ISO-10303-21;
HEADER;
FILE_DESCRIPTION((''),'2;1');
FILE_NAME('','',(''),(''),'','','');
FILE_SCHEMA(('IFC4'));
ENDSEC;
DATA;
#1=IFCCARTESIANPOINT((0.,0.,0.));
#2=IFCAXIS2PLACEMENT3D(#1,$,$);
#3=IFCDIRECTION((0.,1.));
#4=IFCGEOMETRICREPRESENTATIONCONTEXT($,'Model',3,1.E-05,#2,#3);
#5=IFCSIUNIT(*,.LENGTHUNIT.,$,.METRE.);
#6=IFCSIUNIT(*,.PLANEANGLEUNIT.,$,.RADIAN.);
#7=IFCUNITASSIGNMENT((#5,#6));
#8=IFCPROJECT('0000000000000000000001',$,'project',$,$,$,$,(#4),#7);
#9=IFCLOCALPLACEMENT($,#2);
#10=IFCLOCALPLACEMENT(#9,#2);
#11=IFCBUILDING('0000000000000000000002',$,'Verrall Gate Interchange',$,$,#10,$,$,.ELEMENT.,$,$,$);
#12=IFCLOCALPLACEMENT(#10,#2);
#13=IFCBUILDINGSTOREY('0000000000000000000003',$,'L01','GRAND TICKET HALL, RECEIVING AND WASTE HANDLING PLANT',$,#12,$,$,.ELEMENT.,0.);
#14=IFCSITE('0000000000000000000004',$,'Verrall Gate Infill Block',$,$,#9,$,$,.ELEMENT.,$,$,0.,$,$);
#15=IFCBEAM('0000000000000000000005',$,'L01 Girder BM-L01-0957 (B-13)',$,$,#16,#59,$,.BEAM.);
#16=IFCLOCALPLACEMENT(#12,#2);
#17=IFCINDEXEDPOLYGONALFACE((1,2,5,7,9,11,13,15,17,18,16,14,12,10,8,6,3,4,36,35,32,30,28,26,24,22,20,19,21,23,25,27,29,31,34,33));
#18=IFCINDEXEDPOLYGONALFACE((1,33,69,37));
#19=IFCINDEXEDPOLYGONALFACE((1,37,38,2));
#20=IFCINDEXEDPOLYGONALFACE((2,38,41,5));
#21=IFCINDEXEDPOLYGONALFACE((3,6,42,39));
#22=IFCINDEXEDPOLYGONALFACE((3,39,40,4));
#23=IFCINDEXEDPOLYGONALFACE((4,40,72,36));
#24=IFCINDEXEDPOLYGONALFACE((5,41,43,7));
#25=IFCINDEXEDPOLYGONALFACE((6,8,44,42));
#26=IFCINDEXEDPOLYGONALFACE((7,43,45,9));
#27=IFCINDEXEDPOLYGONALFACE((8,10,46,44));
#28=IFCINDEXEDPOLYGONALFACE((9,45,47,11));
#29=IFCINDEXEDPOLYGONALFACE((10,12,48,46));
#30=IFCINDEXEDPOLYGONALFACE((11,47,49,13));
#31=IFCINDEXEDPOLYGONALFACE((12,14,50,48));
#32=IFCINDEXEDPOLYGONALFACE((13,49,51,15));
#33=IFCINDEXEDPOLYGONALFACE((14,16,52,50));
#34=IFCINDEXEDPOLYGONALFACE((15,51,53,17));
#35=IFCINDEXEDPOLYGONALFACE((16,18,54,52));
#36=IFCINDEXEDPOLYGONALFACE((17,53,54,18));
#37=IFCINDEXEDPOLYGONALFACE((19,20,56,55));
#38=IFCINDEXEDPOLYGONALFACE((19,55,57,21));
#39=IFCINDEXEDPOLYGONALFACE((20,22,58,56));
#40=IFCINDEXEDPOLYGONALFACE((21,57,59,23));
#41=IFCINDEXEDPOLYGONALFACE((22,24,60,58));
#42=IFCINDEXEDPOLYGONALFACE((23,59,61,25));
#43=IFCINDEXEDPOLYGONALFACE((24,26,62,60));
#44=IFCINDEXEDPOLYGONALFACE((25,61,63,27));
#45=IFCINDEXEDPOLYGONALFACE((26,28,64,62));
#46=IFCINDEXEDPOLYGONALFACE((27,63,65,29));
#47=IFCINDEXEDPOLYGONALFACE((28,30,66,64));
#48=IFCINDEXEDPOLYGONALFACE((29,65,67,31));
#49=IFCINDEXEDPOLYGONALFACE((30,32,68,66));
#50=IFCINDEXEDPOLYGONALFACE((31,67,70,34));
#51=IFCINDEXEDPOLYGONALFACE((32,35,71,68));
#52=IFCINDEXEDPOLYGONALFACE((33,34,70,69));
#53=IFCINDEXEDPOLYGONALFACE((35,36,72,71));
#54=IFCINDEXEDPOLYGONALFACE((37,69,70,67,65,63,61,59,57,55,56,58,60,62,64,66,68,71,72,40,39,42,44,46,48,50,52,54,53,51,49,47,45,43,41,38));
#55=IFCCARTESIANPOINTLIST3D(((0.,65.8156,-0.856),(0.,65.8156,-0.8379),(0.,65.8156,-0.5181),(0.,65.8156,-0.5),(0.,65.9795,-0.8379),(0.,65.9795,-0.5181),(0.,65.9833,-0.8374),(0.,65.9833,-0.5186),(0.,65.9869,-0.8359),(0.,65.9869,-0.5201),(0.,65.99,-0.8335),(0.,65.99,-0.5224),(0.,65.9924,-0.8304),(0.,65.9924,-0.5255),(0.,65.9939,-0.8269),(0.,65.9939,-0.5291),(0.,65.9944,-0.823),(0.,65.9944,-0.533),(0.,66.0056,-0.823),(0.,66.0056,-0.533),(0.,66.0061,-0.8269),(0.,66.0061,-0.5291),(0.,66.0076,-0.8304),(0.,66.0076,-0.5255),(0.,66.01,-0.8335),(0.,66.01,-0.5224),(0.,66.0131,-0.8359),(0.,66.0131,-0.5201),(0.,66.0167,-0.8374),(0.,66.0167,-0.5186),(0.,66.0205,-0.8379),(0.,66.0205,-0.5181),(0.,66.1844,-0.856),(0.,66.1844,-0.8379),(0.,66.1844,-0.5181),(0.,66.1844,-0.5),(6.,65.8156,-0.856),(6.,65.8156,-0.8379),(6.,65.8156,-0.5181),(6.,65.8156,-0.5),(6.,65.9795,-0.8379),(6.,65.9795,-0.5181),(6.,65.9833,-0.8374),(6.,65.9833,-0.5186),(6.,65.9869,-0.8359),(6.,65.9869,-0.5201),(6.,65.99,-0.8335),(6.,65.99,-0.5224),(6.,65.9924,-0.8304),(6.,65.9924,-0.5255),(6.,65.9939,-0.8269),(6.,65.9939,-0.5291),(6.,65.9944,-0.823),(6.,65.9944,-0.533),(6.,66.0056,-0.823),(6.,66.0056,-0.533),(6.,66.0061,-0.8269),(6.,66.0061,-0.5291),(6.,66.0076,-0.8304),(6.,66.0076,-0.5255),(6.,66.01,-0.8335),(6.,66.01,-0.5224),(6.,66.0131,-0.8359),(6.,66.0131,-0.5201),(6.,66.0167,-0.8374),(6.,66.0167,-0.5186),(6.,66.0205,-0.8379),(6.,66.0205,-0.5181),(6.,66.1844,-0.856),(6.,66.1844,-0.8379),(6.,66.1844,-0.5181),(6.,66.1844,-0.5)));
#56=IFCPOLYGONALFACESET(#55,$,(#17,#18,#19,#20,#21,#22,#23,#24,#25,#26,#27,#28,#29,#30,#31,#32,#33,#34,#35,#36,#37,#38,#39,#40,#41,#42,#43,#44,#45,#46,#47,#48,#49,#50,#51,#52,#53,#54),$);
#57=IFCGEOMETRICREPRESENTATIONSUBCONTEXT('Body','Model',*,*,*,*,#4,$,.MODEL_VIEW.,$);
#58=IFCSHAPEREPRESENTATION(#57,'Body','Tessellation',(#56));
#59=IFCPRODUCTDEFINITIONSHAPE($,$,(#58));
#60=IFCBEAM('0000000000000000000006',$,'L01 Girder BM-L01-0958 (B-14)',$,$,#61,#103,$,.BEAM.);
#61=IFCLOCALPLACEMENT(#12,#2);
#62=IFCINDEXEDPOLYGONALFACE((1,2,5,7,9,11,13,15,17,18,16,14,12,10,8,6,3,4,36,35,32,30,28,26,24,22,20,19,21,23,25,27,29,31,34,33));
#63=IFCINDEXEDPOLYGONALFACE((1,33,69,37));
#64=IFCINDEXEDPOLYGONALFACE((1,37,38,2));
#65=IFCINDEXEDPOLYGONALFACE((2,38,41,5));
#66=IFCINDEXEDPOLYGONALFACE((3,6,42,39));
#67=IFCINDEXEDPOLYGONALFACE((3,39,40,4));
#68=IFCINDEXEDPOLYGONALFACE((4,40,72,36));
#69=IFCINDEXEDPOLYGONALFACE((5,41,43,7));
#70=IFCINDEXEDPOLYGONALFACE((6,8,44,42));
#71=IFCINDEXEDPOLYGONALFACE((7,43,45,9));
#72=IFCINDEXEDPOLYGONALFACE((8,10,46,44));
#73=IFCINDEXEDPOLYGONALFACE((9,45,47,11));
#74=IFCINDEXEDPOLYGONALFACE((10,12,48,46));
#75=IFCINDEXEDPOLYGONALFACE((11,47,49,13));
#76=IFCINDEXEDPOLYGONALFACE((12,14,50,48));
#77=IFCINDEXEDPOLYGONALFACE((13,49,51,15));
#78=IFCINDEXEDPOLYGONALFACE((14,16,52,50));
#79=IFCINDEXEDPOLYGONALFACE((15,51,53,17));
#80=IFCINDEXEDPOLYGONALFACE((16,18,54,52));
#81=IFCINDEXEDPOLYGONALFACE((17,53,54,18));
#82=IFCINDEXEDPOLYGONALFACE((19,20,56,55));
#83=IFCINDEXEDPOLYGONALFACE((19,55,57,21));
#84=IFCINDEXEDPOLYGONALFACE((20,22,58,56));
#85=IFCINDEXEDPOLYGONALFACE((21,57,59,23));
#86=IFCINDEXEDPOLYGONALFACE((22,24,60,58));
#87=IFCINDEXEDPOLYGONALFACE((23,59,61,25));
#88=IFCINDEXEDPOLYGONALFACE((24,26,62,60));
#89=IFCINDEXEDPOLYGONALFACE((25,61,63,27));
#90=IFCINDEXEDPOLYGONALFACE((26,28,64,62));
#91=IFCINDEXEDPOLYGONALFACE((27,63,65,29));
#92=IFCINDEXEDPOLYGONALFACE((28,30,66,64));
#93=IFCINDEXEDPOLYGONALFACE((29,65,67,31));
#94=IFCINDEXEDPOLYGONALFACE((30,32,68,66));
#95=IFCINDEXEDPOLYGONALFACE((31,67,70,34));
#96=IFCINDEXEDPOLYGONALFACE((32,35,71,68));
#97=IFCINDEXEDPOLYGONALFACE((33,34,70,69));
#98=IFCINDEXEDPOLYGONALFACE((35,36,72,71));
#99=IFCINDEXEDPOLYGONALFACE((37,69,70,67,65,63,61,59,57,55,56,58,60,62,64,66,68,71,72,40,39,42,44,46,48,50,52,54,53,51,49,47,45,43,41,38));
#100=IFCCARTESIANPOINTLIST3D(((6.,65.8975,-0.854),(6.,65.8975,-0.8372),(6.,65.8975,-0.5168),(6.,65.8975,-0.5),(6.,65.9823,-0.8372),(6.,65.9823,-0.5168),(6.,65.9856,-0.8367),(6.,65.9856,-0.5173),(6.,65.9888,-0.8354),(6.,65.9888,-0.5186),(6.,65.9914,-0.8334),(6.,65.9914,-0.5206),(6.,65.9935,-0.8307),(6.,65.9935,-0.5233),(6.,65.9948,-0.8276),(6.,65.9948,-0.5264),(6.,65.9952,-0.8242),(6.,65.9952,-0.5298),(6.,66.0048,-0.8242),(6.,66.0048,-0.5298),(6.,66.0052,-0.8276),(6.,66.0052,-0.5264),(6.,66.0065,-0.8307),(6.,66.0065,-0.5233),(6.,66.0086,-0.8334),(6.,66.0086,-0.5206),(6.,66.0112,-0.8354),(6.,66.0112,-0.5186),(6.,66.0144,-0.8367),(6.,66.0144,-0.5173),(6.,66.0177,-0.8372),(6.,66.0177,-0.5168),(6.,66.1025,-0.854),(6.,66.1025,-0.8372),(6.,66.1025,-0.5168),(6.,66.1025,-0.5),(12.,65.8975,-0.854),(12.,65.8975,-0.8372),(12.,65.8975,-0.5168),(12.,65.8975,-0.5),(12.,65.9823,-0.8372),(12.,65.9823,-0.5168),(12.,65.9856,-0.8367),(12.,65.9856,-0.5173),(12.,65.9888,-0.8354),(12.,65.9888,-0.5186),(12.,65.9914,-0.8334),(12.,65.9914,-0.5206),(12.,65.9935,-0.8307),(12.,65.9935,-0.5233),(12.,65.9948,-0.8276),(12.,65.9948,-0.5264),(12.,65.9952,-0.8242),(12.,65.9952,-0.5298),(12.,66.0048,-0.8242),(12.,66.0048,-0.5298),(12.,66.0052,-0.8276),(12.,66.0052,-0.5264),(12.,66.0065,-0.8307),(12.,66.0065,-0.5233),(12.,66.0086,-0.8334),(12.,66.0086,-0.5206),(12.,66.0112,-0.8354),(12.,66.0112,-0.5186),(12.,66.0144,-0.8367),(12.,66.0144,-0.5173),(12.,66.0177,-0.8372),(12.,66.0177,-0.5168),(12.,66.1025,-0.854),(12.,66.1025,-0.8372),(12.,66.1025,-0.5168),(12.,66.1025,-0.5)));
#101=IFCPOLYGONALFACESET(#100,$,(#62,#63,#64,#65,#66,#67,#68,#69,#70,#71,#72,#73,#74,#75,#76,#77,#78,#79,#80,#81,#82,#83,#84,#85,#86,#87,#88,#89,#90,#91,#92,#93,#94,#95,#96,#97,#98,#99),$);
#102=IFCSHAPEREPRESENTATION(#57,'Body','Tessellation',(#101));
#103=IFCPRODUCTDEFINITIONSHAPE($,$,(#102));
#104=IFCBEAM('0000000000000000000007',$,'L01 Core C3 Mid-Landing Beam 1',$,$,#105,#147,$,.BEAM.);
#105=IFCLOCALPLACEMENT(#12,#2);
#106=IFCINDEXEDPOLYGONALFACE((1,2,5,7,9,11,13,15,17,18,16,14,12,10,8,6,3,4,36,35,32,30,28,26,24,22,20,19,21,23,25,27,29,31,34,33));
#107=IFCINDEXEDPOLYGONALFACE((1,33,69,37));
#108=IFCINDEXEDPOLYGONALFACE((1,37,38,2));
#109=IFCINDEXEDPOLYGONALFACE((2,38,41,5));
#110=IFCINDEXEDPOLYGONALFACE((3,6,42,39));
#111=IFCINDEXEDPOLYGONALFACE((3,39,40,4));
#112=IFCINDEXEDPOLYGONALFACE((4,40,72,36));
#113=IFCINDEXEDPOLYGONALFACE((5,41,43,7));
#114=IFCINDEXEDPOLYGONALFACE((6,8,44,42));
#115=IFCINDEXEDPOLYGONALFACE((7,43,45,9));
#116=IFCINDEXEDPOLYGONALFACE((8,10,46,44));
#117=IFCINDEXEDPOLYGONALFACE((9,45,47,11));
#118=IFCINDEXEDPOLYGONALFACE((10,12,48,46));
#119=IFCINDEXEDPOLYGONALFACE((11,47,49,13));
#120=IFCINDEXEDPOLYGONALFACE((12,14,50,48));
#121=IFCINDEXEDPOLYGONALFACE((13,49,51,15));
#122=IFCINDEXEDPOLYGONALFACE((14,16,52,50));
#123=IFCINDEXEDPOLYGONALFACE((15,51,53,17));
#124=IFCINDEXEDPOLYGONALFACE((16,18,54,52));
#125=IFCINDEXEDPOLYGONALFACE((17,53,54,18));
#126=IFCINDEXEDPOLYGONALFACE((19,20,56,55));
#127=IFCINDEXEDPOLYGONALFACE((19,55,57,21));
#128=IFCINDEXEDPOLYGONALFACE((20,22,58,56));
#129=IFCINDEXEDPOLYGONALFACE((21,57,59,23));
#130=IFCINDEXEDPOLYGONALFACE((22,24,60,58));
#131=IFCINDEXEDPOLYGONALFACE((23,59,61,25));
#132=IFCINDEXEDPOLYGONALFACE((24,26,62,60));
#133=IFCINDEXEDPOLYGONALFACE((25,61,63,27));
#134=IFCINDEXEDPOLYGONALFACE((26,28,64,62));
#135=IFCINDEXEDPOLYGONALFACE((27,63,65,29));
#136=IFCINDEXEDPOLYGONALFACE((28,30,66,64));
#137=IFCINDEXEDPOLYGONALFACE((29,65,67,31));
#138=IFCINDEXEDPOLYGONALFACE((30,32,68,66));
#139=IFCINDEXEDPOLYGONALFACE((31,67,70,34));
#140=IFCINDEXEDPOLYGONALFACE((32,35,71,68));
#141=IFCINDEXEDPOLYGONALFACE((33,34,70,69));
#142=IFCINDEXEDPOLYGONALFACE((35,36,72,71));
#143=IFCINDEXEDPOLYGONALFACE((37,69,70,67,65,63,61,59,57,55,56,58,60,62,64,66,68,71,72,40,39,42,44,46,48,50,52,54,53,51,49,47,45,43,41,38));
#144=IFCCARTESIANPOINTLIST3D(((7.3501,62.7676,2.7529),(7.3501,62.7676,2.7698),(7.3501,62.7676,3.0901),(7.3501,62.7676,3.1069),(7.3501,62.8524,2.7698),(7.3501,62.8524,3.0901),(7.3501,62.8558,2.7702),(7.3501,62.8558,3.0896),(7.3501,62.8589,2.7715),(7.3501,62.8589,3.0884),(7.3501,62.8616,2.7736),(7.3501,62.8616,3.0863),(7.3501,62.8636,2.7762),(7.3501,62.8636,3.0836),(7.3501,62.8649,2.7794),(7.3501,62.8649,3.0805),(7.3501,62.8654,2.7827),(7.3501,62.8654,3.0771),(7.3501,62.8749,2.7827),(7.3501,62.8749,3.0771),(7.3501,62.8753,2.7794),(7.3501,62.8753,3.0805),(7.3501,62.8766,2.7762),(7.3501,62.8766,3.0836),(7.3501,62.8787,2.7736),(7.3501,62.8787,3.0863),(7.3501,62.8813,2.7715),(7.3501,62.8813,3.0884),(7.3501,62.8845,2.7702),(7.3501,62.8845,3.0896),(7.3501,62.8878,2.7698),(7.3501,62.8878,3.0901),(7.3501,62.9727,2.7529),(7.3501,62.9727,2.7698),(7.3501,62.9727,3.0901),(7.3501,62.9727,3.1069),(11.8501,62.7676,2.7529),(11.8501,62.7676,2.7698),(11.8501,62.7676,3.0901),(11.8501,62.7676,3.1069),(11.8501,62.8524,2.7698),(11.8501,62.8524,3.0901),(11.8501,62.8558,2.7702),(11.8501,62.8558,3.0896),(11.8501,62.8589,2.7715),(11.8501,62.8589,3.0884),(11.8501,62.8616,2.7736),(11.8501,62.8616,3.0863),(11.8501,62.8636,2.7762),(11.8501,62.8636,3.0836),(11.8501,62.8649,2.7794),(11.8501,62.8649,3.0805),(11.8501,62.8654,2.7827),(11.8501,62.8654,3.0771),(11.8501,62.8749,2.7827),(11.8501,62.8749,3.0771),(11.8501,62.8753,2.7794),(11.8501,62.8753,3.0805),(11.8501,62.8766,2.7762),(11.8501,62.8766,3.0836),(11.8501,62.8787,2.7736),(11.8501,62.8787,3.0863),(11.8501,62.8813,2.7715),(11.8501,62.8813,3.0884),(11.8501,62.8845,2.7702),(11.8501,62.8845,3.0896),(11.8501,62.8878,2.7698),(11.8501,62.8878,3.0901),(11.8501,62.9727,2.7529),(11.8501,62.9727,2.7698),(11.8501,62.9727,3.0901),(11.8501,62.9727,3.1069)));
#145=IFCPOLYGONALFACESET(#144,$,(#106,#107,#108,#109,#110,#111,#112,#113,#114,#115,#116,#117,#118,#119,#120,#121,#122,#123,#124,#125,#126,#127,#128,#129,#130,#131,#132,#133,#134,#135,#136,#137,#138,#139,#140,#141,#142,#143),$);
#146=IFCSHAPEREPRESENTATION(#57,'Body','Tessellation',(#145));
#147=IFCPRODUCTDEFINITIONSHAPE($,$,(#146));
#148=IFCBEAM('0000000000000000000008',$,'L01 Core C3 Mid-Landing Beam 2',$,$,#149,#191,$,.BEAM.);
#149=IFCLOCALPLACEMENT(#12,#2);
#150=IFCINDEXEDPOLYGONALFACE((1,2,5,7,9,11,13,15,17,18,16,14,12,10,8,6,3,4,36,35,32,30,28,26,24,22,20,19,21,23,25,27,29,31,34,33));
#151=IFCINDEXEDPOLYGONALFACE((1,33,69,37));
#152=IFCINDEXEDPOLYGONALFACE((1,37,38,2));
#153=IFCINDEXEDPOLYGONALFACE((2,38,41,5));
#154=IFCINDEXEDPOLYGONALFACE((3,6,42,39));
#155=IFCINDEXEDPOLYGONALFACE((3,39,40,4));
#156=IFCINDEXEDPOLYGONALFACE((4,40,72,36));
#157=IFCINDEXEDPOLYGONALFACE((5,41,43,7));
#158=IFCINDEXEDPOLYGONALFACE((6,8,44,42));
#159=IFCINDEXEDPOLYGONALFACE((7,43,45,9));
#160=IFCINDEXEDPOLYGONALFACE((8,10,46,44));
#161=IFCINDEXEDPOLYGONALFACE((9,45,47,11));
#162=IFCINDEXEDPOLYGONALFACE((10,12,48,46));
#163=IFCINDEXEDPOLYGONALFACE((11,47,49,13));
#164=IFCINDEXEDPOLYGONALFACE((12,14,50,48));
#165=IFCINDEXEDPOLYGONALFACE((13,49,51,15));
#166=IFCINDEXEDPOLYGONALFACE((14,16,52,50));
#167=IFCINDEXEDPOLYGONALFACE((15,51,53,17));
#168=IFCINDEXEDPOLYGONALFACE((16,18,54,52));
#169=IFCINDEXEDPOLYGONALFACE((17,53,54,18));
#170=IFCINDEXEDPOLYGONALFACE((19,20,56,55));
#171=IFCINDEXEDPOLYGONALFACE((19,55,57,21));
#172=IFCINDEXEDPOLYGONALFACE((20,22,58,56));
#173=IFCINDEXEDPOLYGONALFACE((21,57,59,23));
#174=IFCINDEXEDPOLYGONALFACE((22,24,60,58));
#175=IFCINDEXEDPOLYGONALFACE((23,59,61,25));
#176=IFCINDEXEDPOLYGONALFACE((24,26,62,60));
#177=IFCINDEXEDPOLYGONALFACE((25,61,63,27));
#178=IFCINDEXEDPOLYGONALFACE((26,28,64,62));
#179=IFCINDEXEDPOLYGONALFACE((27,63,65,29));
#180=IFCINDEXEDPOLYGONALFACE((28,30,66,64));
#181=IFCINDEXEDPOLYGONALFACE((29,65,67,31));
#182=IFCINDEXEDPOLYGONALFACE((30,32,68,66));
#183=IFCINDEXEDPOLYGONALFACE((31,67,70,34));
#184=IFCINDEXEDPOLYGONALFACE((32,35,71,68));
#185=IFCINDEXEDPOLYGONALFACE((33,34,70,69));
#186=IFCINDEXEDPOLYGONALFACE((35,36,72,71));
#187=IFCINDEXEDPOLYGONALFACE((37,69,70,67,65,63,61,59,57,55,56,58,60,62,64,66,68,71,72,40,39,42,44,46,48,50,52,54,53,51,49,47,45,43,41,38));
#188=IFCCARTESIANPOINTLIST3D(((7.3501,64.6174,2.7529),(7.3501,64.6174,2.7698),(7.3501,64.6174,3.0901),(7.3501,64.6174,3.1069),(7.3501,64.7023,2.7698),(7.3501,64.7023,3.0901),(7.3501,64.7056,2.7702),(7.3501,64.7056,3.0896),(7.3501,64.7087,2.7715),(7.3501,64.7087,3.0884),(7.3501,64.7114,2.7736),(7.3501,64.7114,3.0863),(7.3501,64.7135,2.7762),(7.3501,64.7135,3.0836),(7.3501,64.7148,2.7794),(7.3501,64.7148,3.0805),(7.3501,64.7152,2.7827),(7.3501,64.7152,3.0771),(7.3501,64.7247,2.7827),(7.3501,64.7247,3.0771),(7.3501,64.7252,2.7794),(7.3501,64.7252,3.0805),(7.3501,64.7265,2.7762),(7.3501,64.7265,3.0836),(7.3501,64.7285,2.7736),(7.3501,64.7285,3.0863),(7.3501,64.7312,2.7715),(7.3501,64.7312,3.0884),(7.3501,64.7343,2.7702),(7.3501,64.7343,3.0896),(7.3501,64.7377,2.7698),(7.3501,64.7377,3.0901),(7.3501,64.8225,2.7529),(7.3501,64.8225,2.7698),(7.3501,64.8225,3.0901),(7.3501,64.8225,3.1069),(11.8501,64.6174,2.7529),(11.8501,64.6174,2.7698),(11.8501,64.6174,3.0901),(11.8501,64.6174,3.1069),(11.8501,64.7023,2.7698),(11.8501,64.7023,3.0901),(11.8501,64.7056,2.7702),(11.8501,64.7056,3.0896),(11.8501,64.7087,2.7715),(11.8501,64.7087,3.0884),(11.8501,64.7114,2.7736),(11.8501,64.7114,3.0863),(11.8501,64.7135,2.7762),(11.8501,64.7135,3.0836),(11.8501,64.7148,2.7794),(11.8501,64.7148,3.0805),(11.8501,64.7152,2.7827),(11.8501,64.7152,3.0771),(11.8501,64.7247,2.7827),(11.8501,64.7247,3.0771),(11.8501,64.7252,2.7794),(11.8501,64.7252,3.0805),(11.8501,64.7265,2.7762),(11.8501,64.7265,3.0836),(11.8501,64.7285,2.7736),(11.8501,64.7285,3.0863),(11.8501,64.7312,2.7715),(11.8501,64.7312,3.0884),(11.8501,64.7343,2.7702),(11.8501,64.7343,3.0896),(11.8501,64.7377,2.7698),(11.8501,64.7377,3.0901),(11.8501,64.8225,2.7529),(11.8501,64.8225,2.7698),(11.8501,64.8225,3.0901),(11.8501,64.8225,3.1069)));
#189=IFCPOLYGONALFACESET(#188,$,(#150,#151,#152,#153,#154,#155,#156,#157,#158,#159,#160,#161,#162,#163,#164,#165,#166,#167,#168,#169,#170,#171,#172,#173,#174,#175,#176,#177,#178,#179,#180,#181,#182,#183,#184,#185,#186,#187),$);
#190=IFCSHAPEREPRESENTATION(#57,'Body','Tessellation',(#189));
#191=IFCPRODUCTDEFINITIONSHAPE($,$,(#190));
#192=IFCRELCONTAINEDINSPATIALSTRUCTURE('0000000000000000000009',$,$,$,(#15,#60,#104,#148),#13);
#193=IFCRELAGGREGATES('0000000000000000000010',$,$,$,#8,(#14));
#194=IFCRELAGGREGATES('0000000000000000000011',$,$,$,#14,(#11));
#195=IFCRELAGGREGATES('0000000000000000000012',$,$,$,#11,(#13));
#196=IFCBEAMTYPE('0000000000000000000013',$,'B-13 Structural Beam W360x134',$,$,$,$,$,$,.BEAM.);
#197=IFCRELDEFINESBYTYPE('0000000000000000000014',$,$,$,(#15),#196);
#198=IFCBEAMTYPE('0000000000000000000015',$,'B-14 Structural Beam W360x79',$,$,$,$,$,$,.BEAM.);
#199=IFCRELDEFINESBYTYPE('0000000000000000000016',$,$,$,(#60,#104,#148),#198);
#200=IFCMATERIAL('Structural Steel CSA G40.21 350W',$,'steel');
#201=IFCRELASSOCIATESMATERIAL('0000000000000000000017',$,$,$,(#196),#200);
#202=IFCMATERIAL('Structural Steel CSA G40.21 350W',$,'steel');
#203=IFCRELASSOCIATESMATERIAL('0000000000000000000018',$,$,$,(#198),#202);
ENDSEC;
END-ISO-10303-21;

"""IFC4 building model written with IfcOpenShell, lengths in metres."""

from ifc_helpers import new_model, si_unit, direction, frame, origin, origin_2d, place, context, subcontext, project, spatial, i_section, extrude, material, material_profile, profile_set, type_object, element, save


model = new_model("IFC4")

# Units and contexts
model_context = context("Model", 3, precision=1e-05, world=origin(), true_north=direction((0.0, 1.0)))
body_context = subcontext(model_context, "Body", "Model", "MODEL_VIEW")
ifc_project = project(units=[si_unit("LENGTHUNIT", "METRE"), si_unit("PLANEANGLEUNIT", "RADIAN")], contexts=[model_context])

# Site, building, storey
site_placement = place(None, origin())
site = spatial("IfcSite", under=ifc_project, at=site_placement, Name="Verrall Gate Infill Block", CompositionType="ELEMENT", RefElevation=0.0)
building_placement = place(site_placement, origin())
building = spatial("IfcBuilding", under=site, at=building_placement, Name="Verrall Gate Interchange", CompositionType="ELEMENT")
storey_placement = place(building_placement, origin())
storey = spatial("IfcBuildingStorey", under=building, at=storey_placement, Name="L01", Description="GRAND TICKET HALL, RECEIVING AND WASTE HANDLING PLANT", CompositionType="ELEMENT", Elevation=0.0)

# Beams
ifc_material_1 = material(Name="Structural Steel CSA G40.21 350W", Category="steel")
ifc_material_profile_1 = material_profile(ifc_material_1, i_section(OverallWidth=0.3689, OverallDepth=0.356, WebThickness=0.0112, FlangeThickness=0.0181, FilletRadius=0.0149, at=origin_2d()), Name="W360x134")
ifc_profile_set_1 = profile_set([ifc_material_profile_1], Name="Structural Steel CSA G40.21 350W")
beam_type_1 = type_object("IfcBeamType", Name="B-13 Structural Beam W360x134", PredefinedType="BEAM", material=ifc_profile_set_1)
beam_1_placement = place(storey_placement, frame((0.0, 66.0, -0.678), z_axis=(1.0, 0.0, 0.0), x_axis=(0.0, 1.0, 0.0)))
element("IfcBeam", 1, at=beam_1_placement, inside=storey, type_object=beam_type_1, Name="L01 Girder BM-L01-0957 (B-13)", PredefinedType="BEAM", context=body_context, shape_type="SweptSolid", body=[
    extrude(i_section(OverallWidth=0.3689, OverallDepth=0.356, WebThickness=0.0112, FlangeThickness=0.0181, FilletRadius=0.0149, at=origin_2d()), origin(), (0.0, 0.0, 1.0), 6.0),
])
ifc_material_2 = material(Name="Structural Steel CSA G40.21 350W", Category="steel")
ifc_material_profile_2 = material_profile(ifc_material_2, i_section(OverallWidth=0.2051, OverallDepth=0.354, WebThickness=0.0095, FlangeThickness=0.0168, FilletRadius=0.0129, at=origin_2d()), Name="W360x79")
ifc_profile_set_2 = profile_set([ifc_material_profile_2], Name="Structural Steel CSA G40.21 350W")
beam_type_2 = type_object("IfcBeamType", Name="B-14 Structural Beam W360x79", PredefinedType="BEAM", material=ifc_profile_set_2)
beam_2_placement = place(storey_placement, frame((6.0, 66.0, -0.677), z_axis=(1.0, 0.0, 0.0), x_axis=(0.0, 1.0, 0.0)))
element("IfcBeam", 2, at=beam_2_placement, inside=storey, type_object=beam_type_2, Name="L01 Girder BM-L01-0958 (B-14)", PredefinedType="BEAM", context=body_context, shape_type="SweptSolid", body=[
    extrude(i_section(OverallWidth=0.2051, OverallDepth=0.354, WebThickness=0.0095, FlangeThickness=0.0168, FilletRadius=0.0129, at=origin_2d()), origin(), (0.0, 0.0, 1.0), 6.0),
])
for number, where, z_axis, x_axis, name in (
    (3, (7.3501, 62.8701, 2.9299), (1.0, 0.0, 0.0), (0.0, 1.0, 0.0), "L01 Core C3 Mid-Landing Beam 1"),
    (4, (7.3501, 64.72, 2.9299), (1.0, 0.0, 0.0), (0.0, 1.0, 0.0), "L01 Core C3 Mid-Landing Beam 2"),
):
    element("IfcBeam", number, at=place(storey_placement, frame(where, z_axis=z_axis, x_axis=x_axis)), inside=storey, type_object=beam_type_2, Name=name, PredefinedType="BEAM", context=body_context, shape_type="SweptSolid", body=[
        extrude(i_section(OverallWidth=0.2051, OverallDepth=0.354, WebThickness=0.0095, FlangeThickness=0.0168, FilletRadius=0.0129, at=origin_2d()), origin(), (0.0, 0.0, 1.0), 4.5),
    ])

save(model, "model.ifc")
